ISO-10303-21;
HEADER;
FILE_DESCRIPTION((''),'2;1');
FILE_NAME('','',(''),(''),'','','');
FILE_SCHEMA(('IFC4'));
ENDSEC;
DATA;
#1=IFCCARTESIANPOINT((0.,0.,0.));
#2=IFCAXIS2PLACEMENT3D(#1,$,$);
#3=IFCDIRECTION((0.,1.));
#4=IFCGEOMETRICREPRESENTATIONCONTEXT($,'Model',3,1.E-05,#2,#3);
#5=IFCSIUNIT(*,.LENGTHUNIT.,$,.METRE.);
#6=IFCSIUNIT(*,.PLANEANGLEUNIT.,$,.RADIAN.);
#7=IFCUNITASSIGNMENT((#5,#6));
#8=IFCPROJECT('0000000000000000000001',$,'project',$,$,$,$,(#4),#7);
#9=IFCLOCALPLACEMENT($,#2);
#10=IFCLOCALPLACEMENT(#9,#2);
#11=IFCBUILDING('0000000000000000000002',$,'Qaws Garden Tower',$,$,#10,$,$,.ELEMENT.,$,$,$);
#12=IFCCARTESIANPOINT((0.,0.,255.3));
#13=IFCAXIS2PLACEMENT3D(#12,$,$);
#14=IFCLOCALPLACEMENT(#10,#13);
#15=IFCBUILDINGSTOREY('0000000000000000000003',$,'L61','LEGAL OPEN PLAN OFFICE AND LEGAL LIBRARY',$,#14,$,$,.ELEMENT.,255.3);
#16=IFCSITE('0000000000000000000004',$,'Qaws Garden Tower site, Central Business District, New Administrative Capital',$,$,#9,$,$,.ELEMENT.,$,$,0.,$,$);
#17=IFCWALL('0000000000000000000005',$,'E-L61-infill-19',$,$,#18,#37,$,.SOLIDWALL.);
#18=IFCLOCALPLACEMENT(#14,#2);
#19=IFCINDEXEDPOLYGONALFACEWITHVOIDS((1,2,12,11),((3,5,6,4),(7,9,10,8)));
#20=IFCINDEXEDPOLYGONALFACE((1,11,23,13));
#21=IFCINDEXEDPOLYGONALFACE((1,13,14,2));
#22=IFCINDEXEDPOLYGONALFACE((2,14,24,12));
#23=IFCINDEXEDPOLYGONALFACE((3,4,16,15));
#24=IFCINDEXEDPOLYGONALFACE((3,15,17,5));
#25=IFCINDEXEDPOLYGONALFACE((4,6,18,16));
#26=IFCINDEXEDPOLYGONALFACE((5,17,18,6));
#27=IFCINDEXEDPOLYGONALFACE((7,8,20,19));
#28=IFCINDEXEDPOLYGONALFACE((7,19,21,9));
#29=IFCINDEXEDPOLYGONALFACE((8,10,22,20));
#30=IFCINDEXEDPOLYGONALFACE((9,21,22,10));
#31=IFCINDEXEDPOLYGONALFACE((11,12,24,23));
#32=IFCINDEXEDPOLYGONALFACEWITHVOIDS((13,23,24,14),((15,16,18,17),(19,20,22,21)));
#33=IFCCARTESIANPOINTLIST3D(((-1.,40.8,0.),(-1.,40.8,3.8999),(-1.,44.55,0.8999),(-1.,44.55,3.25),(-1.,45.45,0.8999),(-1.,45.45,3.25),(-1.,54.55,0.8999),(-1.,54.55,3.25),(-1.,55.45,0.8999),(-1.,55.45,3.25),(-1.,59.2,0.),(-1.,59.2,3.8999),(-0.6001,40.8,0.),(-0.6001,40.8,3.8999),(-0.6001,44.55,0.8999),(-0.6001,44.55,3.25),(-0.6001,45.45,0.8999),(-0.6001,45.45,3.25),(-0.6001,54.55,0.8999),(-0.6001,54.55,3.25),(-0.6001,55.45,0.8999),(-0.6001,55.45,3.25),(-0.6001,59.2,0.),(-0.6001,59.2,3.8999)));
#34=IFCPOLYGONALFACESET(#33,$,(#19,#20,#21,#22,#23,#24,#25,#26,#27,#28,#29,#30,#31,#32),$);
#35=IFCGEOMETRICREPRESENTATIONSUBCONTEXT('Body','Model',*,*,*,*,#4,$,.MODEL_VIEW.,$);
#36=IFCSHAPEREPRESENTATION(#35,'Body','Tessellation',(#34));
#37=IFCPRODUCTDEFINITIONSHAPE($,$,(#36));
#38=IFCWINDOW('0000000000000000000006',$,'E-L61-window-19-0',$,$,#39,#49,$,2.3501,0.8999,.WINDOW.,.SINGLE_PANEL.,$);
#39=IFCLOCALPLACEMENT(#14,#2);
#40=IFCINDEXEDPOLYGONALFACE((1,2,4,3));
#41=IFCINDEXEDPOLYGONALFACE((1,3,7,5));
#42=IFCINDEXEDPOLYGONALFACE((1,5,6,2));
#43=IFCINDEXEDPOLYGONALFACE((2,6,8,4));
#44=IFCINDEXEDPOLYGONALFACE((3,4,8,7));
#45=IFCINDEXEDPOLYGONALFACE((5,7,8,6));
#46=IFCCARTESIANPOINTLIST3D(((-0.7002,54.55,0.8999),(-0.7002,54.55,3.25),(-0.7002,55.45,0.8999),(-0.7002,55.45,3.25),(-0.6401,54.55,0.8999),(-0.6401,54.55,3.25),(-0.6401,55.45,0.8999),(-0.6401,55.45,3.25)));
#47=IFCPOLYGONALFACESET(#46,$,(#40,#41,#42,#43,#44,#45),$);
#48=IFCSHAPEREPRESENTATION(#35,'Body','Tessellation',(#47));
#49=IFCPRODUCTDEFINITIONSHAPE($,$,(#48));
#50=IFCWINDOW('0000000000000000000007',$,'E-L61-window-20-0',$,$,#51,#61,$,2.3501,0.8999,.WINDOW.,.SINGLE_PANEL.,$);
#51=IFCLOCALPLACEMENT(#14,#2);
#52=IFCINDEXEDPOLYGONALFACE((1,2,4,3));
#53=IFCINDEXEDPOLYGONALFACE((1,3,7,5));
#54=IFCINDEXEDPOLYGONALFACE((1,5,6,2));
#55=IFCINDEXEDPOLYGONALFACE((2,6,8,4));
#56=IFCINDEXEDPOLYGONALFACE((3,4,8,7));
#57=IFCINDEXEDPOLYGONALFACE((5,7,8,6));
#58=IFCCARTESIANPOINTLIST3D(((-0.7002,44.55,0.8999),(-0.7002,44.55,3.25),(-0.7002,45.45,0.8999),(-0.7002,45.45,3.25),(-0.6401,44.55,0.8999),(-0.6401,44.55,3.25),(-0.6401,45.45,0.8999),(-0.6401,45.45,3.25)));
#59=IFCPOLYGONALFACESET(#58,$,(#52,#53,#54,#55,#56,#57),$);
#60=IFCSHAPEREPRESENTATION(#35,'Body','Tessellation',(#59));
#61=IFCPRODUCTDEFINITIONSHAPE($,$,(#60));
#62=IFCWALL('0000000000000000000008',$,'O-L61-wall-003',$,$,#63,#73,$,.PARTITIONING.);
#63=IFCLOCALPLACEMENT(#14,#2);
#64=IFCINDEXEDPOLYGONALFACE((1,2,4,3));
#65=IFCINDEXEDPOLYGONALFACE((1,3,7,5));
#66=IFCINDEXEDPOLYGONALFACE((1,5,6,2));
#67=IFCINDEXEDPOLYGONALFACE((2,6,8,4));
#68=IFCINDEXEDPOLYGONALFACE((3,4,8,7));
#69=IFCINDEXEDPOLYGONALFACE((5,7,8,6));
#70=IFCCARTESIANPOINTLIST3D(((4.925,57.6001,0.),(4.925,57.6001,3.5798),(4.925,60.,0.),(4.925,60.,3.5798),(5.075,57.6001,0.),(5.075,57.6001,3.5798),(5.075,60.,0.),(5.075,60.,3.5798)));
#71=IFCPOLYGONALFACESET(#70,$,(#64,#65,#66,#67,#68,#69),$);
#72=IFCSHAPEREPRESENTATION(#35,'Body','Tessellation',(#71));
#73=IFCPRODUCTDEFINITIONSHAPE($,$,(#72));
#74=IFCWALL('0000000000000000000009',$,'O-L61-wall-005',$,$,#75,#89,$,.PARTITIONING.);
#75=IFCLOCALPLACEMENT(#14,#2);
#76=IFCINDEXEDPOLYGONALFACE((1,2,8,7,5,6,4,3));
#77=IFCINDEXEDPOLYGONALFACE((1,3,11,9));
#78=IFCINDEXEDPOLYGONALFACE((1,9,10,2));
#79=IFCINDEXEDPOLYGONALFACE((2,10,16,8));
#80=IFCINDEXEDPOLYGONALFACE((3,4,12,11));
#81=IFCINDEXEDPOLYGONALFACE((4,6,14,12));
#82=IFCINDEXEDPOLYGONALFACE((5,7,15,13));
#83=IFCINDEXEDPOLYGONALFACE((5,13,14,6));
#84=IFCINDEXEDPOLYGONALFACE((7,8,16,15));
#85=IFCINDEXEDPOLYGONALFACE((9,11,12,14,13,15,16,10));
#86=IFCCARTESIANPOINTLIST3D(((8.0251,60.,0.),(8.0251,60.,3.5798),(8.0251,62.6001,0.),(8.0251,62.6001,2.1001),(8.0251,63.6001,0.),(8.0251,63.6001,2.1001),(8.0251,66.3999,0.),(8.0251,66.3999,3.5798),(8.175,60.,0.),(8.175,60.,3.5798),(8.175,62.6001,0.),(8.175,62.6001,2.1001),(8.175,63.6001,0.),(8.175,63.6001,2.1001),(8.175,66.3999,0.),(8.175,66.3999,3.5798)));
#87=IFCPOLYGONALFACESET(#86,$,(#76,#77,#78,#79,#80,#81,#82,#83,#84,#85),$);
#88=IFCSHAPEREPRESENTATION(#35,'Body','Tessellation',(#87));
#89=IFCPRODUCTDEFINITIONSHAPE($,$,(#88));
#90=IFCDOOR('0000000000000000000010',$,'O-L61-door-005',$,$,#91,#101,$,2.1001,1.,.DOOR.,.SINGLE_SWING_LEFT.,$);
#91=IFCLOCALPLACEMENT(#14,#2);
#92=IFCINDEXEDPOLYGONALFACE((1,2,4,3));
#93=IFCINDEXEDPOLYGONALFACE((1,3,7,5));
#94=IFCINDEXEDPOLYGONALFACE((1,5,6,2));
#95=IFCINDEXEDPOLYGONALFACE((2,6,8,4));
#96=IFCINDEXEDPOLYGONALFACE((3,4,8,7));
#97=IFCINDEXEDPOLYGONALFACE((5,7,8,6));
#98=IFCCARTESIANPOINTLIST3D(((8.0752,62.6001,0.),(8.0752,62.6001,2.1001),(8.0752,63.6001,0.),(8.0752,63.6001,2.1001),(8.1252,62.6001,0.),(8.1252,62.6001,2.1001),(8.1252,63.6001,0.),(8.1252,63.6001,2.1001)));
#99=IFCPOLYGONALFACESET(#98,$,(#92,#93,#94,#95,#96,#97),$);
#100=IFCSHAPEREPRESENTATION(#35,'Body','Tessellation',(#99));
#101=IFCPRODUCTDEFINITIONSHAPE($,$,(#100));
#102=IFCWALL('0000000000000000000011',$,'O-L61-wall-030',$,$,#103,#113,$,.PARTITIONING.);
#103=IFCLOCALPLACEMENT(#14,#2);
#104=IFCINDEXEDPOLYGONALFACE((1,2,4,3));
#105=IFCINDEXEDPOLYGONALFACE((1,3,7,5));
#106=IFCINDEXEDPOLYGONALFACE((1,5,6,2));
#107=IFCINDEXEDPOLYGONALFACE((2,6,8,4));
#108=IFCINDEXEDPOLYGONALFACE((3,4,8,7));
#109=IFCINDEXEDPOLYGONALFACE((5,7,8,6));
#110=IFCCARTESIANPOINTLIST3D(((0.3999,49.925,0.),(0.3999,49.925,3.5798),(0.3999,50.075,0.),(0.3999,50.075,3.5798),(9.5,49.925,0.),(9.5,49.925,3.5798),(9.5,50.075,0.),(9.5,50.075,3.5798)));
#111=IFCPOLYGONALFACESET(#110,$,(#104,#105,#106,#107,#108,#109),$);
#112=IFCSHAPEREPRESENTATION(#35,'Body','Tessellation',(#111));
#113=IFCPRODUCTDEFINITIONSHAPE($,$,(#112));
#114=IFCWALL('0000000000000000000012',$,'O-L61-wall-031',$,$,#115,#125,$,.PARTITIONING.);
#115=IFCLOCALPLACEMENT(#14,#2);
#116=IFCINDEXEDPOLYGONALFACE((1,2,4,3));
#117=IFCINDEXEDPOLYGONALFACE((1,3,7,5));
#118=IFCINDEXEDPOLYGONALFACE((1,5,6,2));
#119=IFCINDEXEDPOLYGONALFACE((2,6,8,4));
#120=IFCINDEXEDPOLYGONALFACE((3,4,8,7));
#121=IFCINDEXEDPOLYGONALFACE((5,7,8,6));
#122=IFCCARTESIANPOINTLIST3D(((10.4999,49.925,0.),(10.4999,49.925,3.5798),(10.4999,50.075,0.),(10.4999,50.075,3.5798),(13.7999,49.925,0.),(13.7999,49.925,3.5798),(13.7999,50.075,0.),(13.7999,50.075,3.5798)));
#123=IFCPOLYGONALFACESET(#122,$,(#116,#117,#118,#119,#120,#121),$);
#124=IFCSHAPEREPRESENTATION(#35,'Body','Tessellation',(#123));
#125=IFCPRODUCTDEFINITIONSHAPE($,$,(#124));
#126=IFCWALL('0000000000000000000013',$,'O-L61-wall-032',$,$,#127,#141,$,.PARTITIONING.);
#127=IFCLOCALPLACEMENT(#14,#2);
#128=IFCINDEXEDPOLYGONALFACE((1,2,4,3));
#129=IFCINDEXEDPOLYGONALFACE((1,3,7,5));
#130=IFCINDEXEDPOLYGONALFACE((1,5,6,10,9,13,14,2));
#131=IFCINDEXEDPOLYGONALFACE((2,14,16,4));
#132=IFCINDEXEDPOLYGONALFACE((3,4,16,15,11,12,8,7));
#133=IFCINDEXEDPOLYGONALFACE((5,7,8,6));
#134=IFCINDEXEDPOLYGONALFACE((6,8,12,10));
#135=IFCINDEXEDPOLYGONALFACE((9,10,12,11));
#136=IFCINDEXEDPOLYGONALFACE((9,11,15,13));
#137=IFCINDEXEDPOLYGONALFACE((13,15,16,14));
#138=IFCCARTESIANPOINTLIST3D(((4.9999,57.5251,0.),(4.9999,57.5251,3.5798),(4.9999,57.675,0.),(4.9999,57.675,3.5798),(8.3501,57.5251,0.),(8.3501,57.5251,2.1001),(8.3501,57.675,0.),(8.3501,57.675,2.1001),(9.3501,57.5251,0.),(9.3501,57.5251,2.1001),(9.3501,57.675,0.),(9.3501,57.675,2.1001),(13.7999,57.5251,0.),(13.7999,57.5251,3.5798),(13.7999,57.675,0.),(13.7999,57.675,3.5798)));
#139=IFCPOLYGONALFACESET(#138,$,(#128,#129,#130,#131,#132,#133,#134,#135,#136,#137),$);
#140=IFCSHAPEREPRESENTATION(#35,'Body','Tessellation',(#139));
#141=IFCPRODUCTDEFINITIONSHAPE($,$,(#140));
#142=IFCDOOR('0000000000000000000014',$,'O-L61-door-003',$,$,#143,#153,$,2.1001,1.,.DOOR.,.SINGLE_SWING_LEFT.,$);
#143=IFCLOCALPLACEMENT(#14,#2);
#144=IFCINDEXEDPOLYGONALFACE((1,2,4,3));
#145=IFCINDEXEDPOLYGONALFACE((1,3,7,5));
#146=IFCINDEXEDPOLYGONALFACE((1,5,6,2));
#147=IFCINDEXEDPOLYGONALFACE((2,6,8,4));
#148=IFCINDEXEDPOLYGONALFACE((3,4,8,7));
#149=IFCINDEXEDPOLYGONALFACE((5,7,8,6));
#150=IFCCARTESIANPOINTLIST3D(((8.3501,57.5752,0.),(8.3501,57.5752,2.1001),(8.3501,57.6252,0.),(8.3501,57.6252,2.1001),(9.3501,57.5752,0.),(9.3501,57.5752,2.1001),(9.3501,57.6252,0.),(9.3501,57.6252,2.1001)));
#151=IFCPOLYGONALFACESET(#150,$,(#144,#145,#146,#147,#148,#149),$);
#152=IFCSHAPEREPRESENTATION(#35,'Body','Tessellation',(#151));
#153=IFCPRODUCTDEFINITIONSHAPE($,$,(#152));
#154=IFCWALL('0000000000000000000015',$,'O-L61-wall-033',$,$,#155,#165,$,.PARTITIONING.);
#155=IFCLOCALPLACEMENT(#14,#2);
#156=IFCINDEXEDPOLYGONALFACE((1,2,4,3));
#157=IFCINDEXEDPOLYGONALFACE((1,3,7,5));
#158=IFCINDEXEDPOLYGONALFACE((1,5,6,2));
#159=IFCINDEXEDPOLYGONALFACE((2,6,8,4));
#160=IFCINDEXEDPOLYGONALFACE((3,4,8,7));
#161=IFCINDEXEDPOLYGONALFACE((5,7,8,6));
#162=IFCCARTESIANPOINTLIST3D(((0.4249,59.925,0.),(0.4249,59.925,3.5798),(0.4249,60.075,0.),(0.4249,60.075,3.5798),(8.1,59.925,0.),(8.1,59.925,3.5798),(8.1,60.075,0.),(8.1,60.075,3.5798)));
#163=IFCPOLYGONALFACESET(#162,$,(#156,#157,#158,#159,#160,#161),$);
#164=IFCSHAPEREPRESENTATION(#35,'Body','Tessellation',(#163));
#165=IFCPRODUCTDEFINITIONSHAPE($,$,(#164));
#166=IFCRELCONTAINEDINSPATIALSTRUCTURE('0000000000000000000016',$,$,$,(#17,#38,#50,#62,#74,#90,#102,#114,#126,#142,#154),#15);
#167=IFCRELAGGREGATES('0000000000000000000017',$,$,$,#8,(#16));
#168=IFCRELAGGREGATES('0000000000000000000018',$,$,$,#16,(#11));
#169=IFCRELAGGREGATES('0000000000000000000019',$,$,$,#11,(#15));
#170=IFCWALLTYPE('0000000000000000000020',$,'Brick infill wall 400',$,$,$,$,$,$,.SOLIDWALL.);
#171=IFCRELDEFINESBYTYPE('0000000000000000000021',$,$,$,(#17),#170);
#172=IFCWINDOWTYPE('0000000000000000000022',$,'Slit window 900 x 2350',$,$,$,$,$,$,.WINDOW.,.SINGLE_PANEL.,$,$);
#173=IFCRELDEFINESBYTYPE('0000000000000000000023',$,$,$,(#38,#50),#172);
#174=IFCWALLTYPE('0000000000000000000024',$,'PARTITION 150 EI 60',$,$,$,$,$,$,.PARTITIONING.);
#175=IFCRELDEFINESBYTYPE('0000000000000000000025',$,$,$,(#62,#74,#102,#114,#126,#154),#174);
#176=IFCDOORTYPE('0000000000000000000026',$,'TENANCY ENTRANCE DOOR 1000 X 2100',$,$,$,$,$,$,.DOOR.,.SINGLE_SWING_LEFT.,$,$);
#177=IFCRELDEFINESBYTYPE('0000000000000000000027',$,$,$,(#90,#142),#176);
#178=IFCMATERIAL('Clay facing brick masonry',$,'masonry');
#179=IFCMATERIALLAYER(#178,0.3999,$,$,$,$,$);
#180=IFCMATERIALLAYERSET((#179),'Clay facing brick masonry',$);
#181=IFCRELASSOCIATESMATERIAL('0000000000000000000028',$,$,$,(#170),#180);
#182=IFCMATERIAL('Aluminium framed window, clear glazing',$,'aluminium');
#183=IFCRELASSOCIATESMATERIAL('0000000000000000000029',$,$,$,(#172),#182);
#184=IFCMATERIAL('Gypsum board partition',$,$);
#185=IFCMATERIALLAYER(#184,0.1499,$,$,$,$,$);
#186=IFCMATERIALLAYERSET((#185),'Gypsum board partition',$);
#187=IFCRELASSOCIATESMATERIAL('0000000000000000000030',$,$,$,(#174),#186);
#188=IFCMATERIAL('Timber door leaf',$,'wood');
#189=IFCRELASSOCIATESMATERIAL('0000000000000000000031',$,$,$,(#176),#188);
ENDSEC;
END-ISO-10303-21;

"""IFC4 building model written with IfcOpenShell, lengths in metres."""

from ifc_helpers import new_model, si_unit, direction, frame, frame_2d, origin, place, context, subcontext, project, spatial, rectangle, extrude, material, layer, layer_set, type_object, element, fill, save


model = new_model("IFC4")

# Units and contexts
model_context = context("Model", 3, precision=1e-05, world=origin(), true_north=direction((0.0, 1.0)))
body_context = subcontext(model_context, "Body", "Model", "MODEL_VIEW")
ifc_project = project(units=[si_unit("LENGTHUNIT", "METRE"), si_unit("PLANEANGLEUNIT", "RADIAN")], contexts=[model_context])

# Site, building, storey
site_placement = place(None, origin())
site = spatial("IfcSite", under=ifc_project, at=site_placement, Name="Qaws Garden Tower site, Central Business District, New Administrative Capital", CompositionType="ELEMENT", RefElevation=0.0)
building_placement = place(site_placement, origin())
building = spatial("IfcBuilding", under=site, at=building_placement, Name="Qaws Garden Tower", CompositionType="ELEMENT")
storey_placement = place(building_placement, frame((0.0, 0.0, 255.3)))
storey = spatial("IfcBuildingStorey", under=building, at=storey_placement, Name="L61", Description="LEGAL OPEN PLAN OFFICE AND LEGAL LIBRARY", CompositionType="ELEMENT", Elevation=255.3)

# Shared definitions
ifc_material_1 = material(Name="Clay facing brick masonry", Category="masonry")
ifc_layer_1 = layer(ifc_material_1, 0.3999)
ifc_layer_set_1 = layer_set([ifc_layer_1], Name="Clay facing brick masonry")
wall_type_1 = type_object("IfcWallType", Name="Brick infill wall 400", PredefinedType="SOLIDWALL", material=ifc_layer_set_1)

# Wall, openings, windows
wall_1_placement = place(storey_placement, frame((-0.8, 59.2, 0.0), z_axis=(0.0, 0.0, 1.0), x_axis=(0.0, -1.0, 0.0)))
wall_1 = element("IfcWall", 1, at=wall_1_placement, inside=storey, type_object=wall_type_1, Name="E-L61-infill-19", PredefinedType="SOLIDWALL", context=body_context, shape_type="SweptSolid", body=[
    extrude(rectangle(XDim=18.3999, YDim=0.3999, at=frame_2d((9.2, 0.0))), origin(), (0.0, 0.0, 1.0), 3.8999),
])
opening_1_placement = place(wall_1_placement, frame((3.75, 0.0, 0.8999)))
opening_1 = element("IfcOpeningElement", 2, at=opening_1_placement, cuts=wall_1, PredefinedType="OPENING", context=body_context, shape_type="SweptSolid", body=[
    extrude(rectangle(XDim=0.8999, YDim=2.3501, at=frame_2d((0.45, 1.175))), frame((0.0, 0.21, 0.0), z_axis=(0.0, -1.0, 0.0), x_axis=(1.0, 0.0, 0.0)), (0.0, 0.0, 1.0), 0.4199),
])
opening_2_placement = place(wall_1_placement, frame((13.75, 0.0, 0.8999)))
opening_2 = element("IfcOpeningElement", 3, at=opening_2_placement, cuts=wall_1, PredefinedType="OPENING", context=body_context, shape_type="SweptSolid", body=[
    extrude(rectangle(XDim=0.8999, YDim=2.3501, at=frame_2d((0.45, 1.175))), frame((0.0, 0.21, 0.0), z_axis=(0.0, -1.0, 0.0), x_axis=(1.0, 0.0, 0.0)), (0.0, 0.0, 1.0), 0.4199),
])
ifc_material_2 = material(Name="Aluminium framed window, clear glazing", Category="aluminium")
window_type_1 = type_object("IfcWindowType", Name="Slit window 900 x 2350", PartitioningType="SINGLE_PANEL", PredefinedType="WINDOW", material=ifc_material_2)
window_1_placement = place(opening_1_placement, origin())
window_1 = element("IfcWindow", 4, at=window_1_placement, inside=storey, type_object=window_type_1, Name="E-L61-window-19-0", OverallHeight=2.3501, OverallWidth=0.8999, PartitioningType="SINGLE_PANEL", PredefinedType="WINDOW", context=body_context, shape_type="SweptSolid", body=[
    extrude(rectangle(XDim=0.8999, YDim=2.3501, at=frame_2d((0.45, 1.175))), frame((0.0, 0.1599, 0.0), z_axis=(0.0, -1.0, 0.0), x_axis=(1.0, 0.0, 0.0)), (0.0, 0.0, 1.0), 0.0601),
])
fill(opening_1, window_1)
window_2_placement = place(opening_2_placement, origin())
window_2 = element("IfcWindow", 5, at=window_2_placement, inside=storey, type_object=window_type_1, Name="E-L61-window-20-0", OverallHeight=2.3501, OverallWidth=0.8999, PartitioningType="SINGLE_PANEL", PredefinedType="WINDOW", context=body_context, shape_type="SweptSolid", body=[
    extrude(rectangle(XDim=0.8999, YDim=2.3501, at=frame_2d((0.45, 1.175))), frame((0.0, 0.1599, 0.0), z_axis=(0.0, -1.0, 0.0), x_axis=(1.0, 0.0, 0.0)), (0.0, 0.0, 1.0), 0.0601),
])
fill(opening_2, window_2)

# Wall
ifc_material_3 = material(Name="Gypsum board partition")
ifc_layer_2 = layer(ifc_material_3, 0.1499)
ifc_layer_set_2 = layer_set([ifc_layer_2], Name="Gypsum board partition")
wall_type_2 = type_object("IfcWallType", Name="PARTITION 150 EI 60", PredefinedType="PARTITIONING", material=ifc_layer_set_2)
wall_2_placement = place(storey_placement, frame((5.0, 57.6001, 0.0), z_axis=(0.0, 0.0, 1.0), x_axis=(0.0, 1.0, 0.0)))
element("IfcWall", 6, at=wall_2_placement, inside=storey, type_object=wall_type_2, Name="O-L61-wall-003", PredefinedType="PARTITIONING", context=body_context, shape_type="SweptSolid", body=[
    extrude(rectangle(XDim=2.3999, YDim=0.1499, at=frame_2d((1.2, 0.0))), origin(), (0.0, 0.0, 1.0), 3.5798),
])

# Wall, opening, door
wall_3_placement = place(storey_placement, frame((8.1001, 60.0, 0.0), z_axis=(0.0, 0.0, 1.0), x_axis=(0.0, 1.0, 0.0)))
wall_3 = element("IfcWall", 7, at=wall_3_placement, inside=storey, type_object=wall_type_2, Name="O-L61-wall-005", PredefinedType="PARTITIONING", context=body_context, shape_type="SweptSolid", body=[
    extrude(rectangle(XDim=6.3999, YDim=0.1499, at=frame_2d((3.2, 0.0))), origin(), (0.0, 0.0, 1.0), 3.5798),
])
opening_3_placement = place(wall_3_placement, frame((2.6001, 0.0, 0.0)))
opening_3 = element("IfcOpeningElement", 8, at=opening_3_placement, cuts=wall_3, PredefinedType="OPENING", context=body_context, shape_type="SweptSolid", body=[
    extrude(rectangle(XDim=1.0, YDim=2.1001, at=frame_2d((0.5, 1.05))), frame((0.0, 0.085, 0.0), z_axis=(0.0, -1.0, 0.0), x_axis=(1.0, 0.0, 0.0)), (0.0, 0.0, 1.0), 0.1699),
])
ifc_material_4 = material(Name="Timber door leaf", Category="wood")
door_type = type_object("IfcDoorType", Name="TENANCY ENTRANCE DOOR 1000 X 2100", OperationType="SINGLE_SWING_LEFT", PredefinedType="DOOR", material=ifc_material_4)
door_1_placement = place(opening_3_placement, origin())
door_1 = element("IfcDoor", 9, at=door_1_placement, inside=storey, type_object=door_type, Name="O-L61-door-005", OperationType="SINGLE_SWING_LEFT", OverallHeight=2.1001, OverallWidth=1.0, PredefinedType="DOOR", context=body_context, shape_type="SweptSolid", body=[
    extrude(rectangle(XDim=1.0, YDim=2.1001, at=frame_2d((0.5, 1.05))), frame((0.0, 0.0249, 0.0), z_axis=(0.0, -1.0, 0.0), x_axis=(1.0, 0.0, 0.0)), (0.0, 0.0, 1.0), 0.05),
])
fill(opening_3, door_1)

# Walls
wall_4_placement = place(storey_placement, frame((0.3999, 50.0, 0.0), z_axis=(0.0, 0.0, 1.0), x_axis=(1.0, 0.0, 0.0)))
element("IfcWall", 10, at=wall_4_placement, inside=storey, type_object=wall_type_2, Name="O-L61-wall-030", PredefinedType="PARTITIONING", context=body_context, shape_type="SweptSolid", body=[
    extrude(rectangle(XDim=9.1001, YDim=0.1499, at=frame_2d((4.55, 0.0))), origin(), (0.0, 0.0, 1.0), 3.5798),
])
wall_5_placement = place(storey_placement, frame((10.5, 50.0, 0.0), z_axis=(0.0, 0.0, 1.0), x_axis=(1.0, 0.0, 0.0)))
element("IfcWall", 11, at=wall_5_placement, inside=storey, type_object=wall_type_2, Name="O-L61-wall-031", PredefinedType="PARTITIONING", context=body_context, shape_type="SweptSolid", body=[
    extrude(rectangle(XDim=3.3, YDim=0.1499, at=frame_2d((1.6499, 0.0))), origin(), (0.0, 0.0, 1.0), 3.5798),
])

# Wall, opening, door
wall_6_placement = place(storey_placement, frame((5.0, 57.6001, 0.0), z_axis=(0.0, 0.0, 1.0), x_axis=(1.0, 0.0, 0.0)))
wall_6 = element("IfcWall", 12, at=wall_6_placement, inside=storey, type_object=wall_type_2, Name="O-L61-wall-032", PredefinedType="PARTITIONING", context=body_context, shape_type="SweptSolid", body=[
    extrude(rectangle(XDim=8.8, YDim=0.1499, at=frame_2d((4.3999, 0.0))), origin(), (0.0, 0.0, 1.0), 3.5798),
])
opening_4_placement = place(wall_6_placement, frame((3.3501, 0.0, 0.0)))
opening_4 = element("IfcOpeningElement", 13, at=opening_4_placement, cuts=wall_6, PredefinedType="OPENING", context=body_context, shape_type="SweptSolid", body=[
    extrude(rectangle(XDim=1.0, YDim=2.1001, at=frame_2d((0.5, 1.05))), frame((0.0, 0.085, 0.0), z_axis=(0.0, -1.0, 0.0), x_axis=(1.0, 0.0, 0.0)), (0.0, 0.0, 1.0), 0.1699),
])
door_2_placement = place(opening_4_placement, frame((1.0, 0.0, 0.0), z_axis=(0.0, 0.0, 1.0), x_axis=(-1.0, 0.0, 0.0)))
door_2 = element("IfcDoor", 14, at=door_2_placement, inside=storey, type_object=door_type, Name="O-L61-door-003", OperationType="SINGLE_SWING_LEFT", OverallHeight=2.1001, OverallWidth=1.0, PredefinedType="DOOR", context=body_context, shape_type="SweptSolid", body=[
    extrude(rectangle(XDim=1.0, YDim=2.1001, at=frame_2d((0.5, 1.05))), frame((0.0, 0.0249, 0.0), z_axis=(0.0, -1.0, 0.0), x_axis=(1.0, 0.0, 0.0)), (0.0, 0.0, 1.0), 0.05),
])
fill(opening_4, door_2)

# Wall
wall_7_placement = place(storey_placement, frame((0.425, 60.0, 0.0), z_axis=(0.0, 0.0, 1.0), x_axis=(1.0, 0.0, 0.0)))
element("IfcWall", 15, at=wall_7_placement, inside=storey, type_object=wall_type_2, Name="O-L61-wall-033", PredefinedType="PARTITIONING", context=body_context, shape_type="SweptSolid", body=[
    extrude(rectangle(XDim=7.675, YDim=0.1499, at=frame_2d((3.8374, 0.0))), origin(), (0.0, 0.0, 1.0), 3.5798),
])

save(model, "model.ifc")
